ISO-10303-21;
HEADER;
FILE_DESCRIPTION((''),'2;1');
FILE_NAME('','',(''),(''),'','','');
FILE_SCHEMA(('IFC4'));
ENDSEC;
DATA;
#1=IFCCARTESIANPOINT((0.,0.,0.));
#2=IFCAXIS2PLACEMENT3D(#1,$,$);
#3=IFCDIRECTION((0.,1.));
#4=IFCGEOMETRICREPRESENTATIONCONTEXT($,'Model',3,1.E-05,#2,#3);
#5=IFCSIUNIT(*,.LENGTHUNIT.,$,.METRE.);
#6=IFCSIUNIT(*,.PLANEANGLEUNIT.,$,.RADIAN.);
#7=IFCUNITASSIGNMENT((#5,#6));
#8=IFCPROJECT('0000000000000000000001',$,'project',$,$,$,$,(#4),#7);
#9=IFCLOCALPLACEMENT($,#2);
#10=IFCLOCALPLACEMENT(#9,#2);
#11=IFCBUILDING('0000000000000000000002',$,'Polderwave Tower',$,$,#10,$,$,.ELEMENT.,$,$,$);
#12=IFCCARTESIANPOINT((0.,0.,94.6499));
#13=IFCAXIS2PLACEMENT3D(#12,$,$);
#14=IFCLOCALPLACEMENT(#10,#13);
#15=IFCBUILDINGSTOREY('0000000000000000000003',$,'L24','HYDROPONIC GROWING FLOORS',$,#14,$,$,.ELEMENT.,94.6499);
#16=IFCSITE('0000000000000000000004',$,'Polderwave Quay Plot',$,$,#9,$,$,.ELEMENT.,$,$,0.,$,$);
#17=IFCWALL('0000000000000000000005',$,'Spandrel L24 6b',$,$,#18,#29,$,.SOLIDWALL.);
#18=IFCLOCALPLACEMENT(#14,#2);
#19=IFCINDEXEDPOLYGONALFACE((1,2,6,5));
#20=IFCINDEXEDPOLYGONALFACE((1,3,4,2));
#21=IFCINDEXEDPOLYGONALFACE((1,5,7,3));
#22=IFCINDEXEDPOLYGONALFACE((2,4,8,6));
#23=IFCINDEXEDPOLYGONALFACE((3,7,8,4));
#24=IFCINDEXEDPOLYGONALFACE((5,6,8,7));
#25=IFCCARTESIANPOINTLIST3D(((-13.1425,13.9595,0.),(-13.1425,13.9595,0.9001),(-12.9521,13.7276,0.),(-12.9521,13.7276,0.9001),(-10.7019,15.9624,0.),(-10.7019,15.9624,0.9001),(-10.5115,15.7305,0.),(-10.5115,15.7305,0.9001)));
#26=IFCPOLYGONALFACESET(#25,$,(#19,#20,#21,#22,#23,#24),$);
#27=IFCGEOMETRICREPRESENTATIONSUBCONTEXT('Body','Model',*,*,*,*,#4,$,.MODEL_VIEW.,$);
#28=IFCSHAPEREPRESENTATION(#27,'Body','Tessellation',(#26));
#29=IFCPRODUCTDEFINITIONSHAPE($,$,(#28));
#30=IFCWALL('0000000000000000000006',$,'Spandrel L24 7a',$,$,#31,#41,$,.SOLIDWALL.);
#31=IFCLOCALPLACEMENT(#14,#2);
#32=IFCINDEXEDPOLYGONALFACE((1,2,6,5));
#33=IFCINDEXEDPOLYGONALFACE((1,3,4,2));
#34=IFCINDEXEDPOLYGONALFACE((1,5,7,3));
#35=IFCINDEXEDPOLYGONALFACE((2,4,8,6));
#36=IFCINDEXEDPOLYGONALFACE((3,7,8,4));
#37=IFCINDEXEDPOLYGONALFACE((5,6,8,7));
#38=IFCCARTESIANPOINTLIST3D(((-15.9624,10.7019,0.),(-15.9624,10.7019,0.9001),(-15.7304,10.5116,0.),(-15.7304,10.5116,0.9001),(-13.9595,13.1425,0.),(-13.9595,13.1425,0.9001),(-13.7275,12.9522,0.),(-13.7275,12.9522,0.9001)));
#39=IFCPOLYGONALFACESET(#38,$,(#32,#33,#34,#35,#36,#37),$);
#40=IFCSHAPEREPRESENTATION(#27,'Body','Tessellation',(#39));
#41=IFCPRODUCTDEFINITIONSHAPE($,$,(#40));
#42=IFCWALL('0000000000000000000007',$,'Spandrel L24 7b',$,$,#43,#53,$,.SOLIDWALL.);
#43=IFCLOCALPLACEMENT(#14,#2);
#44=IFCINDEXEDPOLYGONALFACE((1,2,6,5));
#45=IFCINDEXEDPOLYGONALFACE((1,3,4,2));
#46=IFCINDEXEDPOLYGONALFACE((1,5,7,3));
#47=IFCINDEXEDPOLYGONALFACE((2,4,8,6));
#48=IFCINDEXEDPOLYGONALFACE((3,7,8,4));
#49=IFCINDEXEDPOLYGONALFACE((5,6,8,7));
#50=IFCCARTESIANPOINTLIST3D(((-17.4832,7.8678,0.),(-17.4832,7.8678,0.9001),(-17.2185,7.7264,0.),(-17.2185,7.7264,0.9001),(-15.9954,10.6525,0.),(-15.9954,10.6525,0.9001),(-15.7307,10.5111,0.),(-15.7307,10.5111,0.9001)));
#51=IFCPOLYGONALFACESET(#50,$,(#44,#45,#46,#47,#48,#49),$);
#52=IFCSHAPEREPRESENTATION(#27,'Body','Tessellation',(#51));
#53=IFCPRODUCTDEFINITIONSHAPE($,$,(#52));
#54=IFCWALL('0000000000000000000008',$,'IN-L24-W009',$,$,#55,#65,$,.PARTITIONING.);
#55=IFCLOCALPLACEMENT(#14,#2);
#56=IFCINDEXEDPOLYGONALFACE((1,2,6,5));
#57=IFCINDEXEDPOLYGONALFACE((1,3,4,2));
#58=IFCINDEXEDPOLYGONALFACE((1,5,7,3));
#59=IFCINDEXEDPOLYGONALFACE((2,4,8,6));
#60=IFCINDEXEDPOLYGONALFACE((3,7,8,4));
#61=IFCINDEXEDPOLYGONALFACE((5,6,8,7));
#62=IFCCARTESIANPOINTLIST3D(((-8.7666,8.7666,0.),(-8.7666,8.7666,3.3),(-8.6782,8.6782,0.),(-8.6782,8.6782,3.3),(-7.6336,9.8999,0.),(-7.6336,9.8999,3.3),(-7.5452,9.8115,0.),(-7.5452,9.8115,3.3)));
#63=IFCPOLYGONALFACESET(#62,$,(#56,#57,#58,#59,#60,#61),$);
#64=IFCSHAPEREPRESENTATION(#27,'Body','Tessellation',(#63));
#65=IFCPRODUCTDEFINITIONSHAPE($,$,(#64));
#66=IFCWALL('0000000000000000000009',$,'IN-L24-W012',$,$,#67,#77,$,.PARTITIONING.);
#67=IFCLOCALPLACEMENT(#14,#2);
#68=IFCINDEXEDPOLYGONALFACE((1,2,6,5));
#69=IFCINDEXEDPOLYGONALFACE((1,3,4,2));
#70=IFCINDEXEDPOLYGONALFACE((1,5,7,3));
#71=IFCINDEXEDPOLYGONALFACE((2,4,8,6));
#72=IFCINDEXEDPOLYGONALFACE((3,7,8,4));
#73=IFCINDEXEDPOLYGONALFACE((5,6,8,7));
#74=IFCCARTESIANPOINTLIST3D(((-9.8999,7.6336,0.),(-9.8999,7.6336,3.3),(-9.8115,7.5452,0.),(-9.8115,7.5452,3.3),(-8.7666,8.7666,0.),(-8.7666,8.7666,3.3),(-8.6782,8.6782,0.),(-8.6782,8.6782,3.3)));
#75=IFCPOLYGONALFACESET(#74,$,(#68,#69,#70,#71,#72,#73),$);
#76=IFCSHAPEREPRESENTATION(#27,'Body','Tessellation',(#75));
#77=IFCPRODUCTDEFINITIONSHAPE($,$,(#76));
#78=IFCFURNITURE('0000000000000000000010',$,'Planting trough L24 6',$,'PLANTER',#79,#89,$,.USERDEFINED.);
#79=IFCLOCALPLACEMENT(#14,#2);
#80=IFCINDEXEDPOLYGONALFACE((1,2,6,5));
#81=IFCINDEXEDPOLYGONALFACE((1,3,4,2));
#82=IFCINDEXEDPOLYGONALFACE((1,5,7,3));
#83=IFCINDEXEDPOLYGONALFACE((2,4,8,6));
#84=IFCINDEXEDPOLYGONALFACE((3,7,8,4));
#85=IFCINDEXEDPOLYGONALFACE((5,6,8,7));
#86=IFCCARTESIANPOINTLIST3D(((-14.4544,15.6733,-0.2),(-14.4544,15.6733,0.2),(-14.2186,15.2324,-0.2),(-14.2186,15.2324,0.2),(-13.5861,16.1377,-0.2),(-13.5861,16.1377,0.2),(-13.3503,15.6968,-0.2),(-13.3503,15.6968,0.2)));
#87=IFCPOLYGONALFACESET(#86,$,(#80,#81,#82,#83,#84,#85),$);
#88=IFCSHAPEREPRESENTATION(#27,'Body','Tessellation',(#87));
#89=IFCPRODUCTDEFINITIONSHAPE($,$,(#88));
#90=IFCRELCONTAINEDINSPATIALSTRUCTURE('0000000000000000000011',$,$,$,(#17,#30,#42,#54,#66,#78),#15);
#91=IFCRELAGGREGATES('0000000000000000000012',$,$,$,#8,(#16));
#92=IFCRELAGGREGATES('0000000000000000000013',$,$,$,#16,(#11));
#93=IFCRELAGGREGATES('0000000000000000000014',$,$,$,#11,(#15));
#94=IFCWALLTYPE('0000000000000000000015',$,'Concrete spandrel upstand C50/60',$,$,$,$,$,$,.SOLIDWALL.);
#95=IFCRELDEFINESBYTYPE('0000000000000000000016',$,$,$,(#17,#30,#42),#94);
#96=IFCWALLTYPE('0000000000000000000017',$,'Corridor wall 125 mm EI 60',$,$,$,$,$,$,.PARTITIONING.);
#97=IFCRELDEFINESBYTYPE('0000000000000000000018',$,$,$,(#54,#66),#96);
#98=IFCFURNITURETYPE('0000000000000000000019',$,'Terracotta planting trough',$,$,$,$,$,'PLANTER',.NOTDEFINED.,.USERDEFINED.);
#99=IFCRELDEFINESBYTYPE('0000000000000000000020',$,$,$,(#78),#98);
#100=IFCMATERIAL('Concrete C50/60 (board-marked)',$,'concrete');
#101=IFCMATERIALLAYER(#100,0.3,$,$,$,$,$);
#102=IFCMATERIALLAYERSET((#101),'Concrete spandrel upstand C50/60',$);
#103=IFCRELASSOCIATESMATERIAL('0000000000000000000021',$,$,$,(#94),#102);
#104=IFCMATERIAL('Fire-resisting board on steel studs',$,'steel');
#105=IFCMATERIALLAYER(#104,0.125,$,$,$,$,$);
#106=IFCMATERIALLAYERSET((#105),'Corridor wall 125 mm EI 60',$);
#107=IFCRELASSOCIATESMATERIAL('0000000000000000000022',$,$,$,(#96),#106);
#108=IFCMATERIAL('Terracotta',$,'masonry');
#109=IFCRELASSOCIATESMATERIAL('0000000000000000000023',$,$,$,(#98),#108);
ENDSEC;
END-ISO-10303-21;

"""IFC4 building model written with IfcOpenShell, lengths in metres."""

from ifc_helpers import new_model, si_unit, direction, frame, frame_2d, origin, origin_2d, place, context, subcontext, project, spatial, rectangle, extrude, material, layer, layer_set, type_object, element, save


model = new_model("IFC4")

# Units and contexts
model_context = context("Model", 3, precision=1e-05, world=origin(), true_north=direction((0.0, 1.0)))
body_context = subcontext(model_context, "Body", "Model", "MODEL_VIEW")
ifc_project = project(units=[si_unit("LENGTHUNIT", "METRE"), si_unit("PLANEANGLEUNIT", "RADIAN")], contexts=[model_context])

# Site, building, storey
site_placement = place(None, origin())
site = spatial("IfcSite", under=ifc_project, at=site_placement, Name="Polderwave Quay Plot", CompositionType="ELEMENT", RefElevation=0.0)
building_placement = place(site_placement, origin())
building = spatial("IfcBuilding", under=site, at=building_placement, Name="Polderwave Tower", CompositionType="ELEMENT")
storey_placement = place(building_placement, frame((0.0, 0.0, 94.6499)))
storey = spatial("IfcBuildingStorey", under=building, at=storey_placement, Name="L24", Description="HYDROPONIC GROWING FLOORS", CompositionType="ELEMENT", Elevation=94.6499)

# Walls
ifc_material_1 = material(Name="Concrete C50/60 (board-marked)", Category="concrete")
ifc_layer_1 = layer(ifc_material_1, 0.3)
ifc_layer_set_1 = layer_set([ifc_layer_1], Name="Concrete spandrel upstand C50/60")
wall_type_1 = type_object("IfcWallType", Name="Concrete spandrel upstand C50/60", PredefinedType="SOLIDWALL", material=ifc_layer_set_1)
for number, where, z_axis, x_axis, name in (
    (1, (-10.6067, 15.8464, 0.0), (0.0, 0.0, 1.0), (-0.773023, -0.634378, 0.0), "Spandrel L24 6b"),
    (2, (-13.8435, 13.0474, 0.0), (0.0, 0.0, 1.0), (-0.634378, -0.773023, 0.0), "Spandrel L24 7a"),
    (3, (-15.863, 10.5818, 0.0), (0.0, 0.0, 1.0), (-0.471238, -0.882006, 0.0), "Spandrel L24 7b"),
):
    element("IfcWall", number, at=place(storey_placement, frame(where, z_axis=z_axis, x_axis=x_axis)), inside=storey, type_object=wall_type_1, Name=name, PredefinedType="SOLIDWALL", context=body_context, shape_type="SweptSolid", body=[
        extrude(rectangle(XDim=3.1572, YDim=0.3, at=frame_2d((1.5786, 0.0))), origin(), (0.0, 0.0, 1.0), 0.9001),
    ])
ifc_material_2 = material(Name="Fire-resisting board on steel studs", Category="steel")
ifc_layer_2 = layer(ifc_material_2, 0.125)
ifc_layer_set_2 = layer_set([ifc_layer_2], Name="Corridor wall 125 mm EI 60")
wall_type_2 = type_object("IfcWallType", Name="Corridor wall 125 mm EI 60", PredefinedType="PARTITIONING", material=ifc_layer_set_2)
for number, where, z_axis, x_axis, name in (
    (4, (-8.7224, 8.7224, 0.0), (0.0, 0.0, 1.0), (0.707031, 0.707183, 0.0), "IN-L24-W009"),
    (5, (-9.8557, 7.5894, 0.0), (0.0, 0.0, 1.0), (0.707183, 0.707031, 0.0), "IN-L24-W012"),
):
    element("IfcWall", number, at=place(storey_placement, frame(where, z_axis=z_axis, x_axis=x_axis)), inside=storey, type_object=wall_type_2, Name=name, PredefinedType="PARTITIONING", context=body_context, shape_type="SweptSolid", body=[
        extrude(rectangle(XDim=1.6025, YDim=0.125, at=frame_2d((0.8013, 0.0))), origin(), (0.0, 0.0, 1.0), 3.3),
    ])

# Furniture
ifc_material_3 = material(Name="Terracotta", Category="masonry")
furniture_type = type_object("IfcFurnitureType", Name="Terracotta planting trough", ElementType="PLANTER", AssemblyPlace="NOTDEFINED", PredefinedType="USERDEFINED", material=ifc_material_3)
furniture_placement = place(storey_placement, frame((-13.9023, 15.6851, -0.2), z_axis=(0.0, 0.0, 1.0), x_axis=(-0.881818, -0.471591, 0.0)))
element("IfcFurniture", 6, at=furniture_placement, inside=storey, type_object=furniture_type, Name="Planting trough L24 6", ObjectType="PLANTER", PredefinedType="USERDEFINED", context=body_context, shape_type="SweptSolid", body=[
    extrude(rectangle(XDim=0.9846, YDim=0.5, at=origin_2d()), origin(), (0.0, 0.0, 1.0), 0.3999),
])

save(model, "model.ifc")
